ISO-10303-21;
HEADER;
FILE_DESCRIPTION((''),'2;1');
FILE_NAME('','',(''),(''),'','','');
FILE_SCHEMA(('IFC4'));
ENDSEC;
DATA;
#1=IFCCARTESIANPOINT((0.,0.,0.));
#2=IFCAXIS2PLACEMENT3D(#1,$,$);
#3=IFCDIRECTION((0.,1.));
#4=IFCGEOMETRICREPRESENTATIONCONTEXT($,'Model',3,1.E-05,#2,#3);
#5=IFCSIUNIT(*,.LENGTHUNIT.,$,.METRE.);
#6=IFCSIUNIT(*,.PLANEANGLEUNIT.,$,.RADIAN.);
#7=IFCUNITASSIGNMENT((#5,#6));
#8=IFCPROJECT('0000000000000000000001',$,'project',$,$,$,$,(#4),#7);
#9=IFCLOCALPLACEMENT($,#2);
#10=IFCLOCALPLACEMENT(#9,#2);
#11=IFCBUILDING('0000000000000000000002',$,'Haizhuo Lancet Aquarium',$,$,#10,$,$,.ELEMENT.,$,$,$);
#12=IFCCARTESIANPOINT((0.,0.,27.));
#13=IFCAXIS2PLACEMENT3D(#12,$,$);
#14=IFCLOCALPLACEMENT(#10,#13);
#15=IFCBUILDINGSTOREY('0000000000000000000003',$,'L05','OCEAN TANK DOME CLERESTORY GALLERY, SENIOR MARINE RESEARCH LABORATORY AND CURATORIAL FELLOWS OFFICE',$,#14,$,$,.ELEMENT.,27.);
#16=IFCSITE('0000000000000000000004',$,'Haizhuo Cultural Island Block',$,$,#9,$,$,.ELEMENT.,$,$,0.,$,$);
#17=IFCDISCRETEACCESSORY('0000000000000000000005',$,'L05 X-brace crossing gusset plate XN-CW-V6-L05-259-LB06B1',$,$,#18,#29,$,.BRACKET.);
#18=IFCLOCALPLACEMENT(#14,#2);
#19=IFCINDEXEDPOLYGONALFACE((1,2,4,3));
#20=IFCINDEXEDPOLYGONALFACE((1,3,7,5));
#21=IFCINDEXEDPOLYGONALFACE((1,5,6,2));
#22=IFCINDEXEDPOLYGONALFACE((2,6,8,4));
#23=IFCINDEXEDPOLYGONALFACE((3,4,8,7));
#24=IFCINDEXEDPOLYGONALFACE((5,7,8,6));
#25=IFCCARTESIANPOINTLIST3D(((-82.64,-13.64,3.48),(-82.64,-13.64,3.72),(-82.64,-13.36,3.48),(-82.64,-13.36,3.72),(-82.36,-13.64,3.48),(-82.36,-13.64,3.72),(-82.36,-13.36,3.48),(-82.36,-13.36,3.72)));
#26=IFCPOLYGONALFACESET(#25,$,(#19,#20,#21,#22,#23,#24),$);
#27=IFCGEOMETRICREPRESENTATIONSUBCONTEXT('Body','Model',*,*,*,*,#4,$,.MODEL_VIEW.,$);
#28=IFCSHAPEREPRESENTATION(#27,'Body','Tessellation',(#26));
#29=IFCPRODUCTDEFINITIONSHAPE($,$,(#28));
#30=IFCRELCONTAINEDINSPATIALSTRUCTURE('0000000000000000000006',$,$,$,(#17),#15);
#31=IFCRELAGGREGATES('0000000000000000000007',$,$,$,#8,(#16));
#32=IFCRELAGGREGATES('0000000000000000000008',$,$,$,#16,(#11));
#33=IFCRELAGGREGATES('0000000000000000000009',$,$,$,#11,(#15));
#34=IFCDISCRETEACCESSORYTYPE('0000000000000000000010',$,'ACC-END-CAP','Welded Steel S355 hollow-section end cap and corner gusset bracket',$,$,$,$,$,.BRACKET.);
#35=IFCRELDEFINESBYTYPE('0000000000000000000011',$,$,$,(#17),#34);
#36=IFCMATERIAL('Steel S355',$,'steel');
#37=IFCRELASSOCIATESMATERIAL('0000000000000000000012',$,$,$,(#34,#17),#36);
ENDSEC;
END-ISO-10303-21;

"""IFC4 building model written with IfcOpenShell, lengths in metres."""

from ifc_helpers import new_model, si_unit, direction, frame, origin, origin_2d, place, context, subcontext, project, spatial, rectangle, extrude, material, type_object, element, save


model = new_model("IFC4")

# Units and contexts
model_context = context("Model", 3, precision=1e-05, world=origin(), true_north=direction((0.0, 1.0)))
body_context = subcontext(model_context, "Body", "Model", "MODEL_VIEW")
ifc_project = project(units=[si_unit("LENGTHUNIT", "METRE"), si_unit("PLANEANGLEUNIT", "RADIAN")], contexts=[model_context])

# Site, building, storey
site_placement = place(None, origin())
site = spatial("IfcSite", under=ifc_project, at=site_placement, Name="Haizhuo Cultural Island Block", CompositionType="ELEMENT", RefElevation=0.0)
building_placement = place(site_placement, origin())
building = spatial("IfcBuilding", under=site, at=building_placement, Name="Haizhuo Lancet Aquarium", CompositionType="ELEMENT")
storey_placement = place(building_placement, frame((0.0, 0.0, 27.0)))
storey = spatial("IfcBuildingStorey", under=building, at=storey_placement, Name="L05", Description="OCEAN TANK DOME CLERESTORY GALLERY, SENIOR MARINE RESEARCH LABORATORY AND CURATORIAL FELLOWS OFFICE", CompositionType="ELEMENT", Elevation=27.0)

# Shared definitions
ifc_material_1 = material(Name="Steel S355", Category="steel")

# Discrete accessory
discrete_accessory_type = type_object("IfcDiscreteAccessoryType", Name="ACC-END-CAP", Description="Welded Steel S355 hollow-section end cap and corner gusset bracket", PredefinedType="BRACKET", material=ifc_material_1)
for number, where, z_axis, x_axis, name in (
    (1, (-82.5, -13.5, 3.48), (0.0, 0.0, 1.0), (1.0, 0.0, 0.0), "L05 X-brace crossing gusset plate XN-CW-V6-L05-259-LB06B1"),
):
    element("IfcDiscreteAccessory", number, at=place(storey_placement, frame(where, z_axis=z_axis, x_axis=x_axis)), inside=storey, type_object=discrete_accessory_type, material=ifc_material_1, Name=name, PredefinedType="BRACKET", context=body_context, shape_type="SweptSolid", body=[
        extrude(rectangle(XDim=0.28, YDim=0.28, at=origin_2d()), origin(), (0.0, 0.0, 1.0), 0.24),
    ])

save(model, "model.ifc")
